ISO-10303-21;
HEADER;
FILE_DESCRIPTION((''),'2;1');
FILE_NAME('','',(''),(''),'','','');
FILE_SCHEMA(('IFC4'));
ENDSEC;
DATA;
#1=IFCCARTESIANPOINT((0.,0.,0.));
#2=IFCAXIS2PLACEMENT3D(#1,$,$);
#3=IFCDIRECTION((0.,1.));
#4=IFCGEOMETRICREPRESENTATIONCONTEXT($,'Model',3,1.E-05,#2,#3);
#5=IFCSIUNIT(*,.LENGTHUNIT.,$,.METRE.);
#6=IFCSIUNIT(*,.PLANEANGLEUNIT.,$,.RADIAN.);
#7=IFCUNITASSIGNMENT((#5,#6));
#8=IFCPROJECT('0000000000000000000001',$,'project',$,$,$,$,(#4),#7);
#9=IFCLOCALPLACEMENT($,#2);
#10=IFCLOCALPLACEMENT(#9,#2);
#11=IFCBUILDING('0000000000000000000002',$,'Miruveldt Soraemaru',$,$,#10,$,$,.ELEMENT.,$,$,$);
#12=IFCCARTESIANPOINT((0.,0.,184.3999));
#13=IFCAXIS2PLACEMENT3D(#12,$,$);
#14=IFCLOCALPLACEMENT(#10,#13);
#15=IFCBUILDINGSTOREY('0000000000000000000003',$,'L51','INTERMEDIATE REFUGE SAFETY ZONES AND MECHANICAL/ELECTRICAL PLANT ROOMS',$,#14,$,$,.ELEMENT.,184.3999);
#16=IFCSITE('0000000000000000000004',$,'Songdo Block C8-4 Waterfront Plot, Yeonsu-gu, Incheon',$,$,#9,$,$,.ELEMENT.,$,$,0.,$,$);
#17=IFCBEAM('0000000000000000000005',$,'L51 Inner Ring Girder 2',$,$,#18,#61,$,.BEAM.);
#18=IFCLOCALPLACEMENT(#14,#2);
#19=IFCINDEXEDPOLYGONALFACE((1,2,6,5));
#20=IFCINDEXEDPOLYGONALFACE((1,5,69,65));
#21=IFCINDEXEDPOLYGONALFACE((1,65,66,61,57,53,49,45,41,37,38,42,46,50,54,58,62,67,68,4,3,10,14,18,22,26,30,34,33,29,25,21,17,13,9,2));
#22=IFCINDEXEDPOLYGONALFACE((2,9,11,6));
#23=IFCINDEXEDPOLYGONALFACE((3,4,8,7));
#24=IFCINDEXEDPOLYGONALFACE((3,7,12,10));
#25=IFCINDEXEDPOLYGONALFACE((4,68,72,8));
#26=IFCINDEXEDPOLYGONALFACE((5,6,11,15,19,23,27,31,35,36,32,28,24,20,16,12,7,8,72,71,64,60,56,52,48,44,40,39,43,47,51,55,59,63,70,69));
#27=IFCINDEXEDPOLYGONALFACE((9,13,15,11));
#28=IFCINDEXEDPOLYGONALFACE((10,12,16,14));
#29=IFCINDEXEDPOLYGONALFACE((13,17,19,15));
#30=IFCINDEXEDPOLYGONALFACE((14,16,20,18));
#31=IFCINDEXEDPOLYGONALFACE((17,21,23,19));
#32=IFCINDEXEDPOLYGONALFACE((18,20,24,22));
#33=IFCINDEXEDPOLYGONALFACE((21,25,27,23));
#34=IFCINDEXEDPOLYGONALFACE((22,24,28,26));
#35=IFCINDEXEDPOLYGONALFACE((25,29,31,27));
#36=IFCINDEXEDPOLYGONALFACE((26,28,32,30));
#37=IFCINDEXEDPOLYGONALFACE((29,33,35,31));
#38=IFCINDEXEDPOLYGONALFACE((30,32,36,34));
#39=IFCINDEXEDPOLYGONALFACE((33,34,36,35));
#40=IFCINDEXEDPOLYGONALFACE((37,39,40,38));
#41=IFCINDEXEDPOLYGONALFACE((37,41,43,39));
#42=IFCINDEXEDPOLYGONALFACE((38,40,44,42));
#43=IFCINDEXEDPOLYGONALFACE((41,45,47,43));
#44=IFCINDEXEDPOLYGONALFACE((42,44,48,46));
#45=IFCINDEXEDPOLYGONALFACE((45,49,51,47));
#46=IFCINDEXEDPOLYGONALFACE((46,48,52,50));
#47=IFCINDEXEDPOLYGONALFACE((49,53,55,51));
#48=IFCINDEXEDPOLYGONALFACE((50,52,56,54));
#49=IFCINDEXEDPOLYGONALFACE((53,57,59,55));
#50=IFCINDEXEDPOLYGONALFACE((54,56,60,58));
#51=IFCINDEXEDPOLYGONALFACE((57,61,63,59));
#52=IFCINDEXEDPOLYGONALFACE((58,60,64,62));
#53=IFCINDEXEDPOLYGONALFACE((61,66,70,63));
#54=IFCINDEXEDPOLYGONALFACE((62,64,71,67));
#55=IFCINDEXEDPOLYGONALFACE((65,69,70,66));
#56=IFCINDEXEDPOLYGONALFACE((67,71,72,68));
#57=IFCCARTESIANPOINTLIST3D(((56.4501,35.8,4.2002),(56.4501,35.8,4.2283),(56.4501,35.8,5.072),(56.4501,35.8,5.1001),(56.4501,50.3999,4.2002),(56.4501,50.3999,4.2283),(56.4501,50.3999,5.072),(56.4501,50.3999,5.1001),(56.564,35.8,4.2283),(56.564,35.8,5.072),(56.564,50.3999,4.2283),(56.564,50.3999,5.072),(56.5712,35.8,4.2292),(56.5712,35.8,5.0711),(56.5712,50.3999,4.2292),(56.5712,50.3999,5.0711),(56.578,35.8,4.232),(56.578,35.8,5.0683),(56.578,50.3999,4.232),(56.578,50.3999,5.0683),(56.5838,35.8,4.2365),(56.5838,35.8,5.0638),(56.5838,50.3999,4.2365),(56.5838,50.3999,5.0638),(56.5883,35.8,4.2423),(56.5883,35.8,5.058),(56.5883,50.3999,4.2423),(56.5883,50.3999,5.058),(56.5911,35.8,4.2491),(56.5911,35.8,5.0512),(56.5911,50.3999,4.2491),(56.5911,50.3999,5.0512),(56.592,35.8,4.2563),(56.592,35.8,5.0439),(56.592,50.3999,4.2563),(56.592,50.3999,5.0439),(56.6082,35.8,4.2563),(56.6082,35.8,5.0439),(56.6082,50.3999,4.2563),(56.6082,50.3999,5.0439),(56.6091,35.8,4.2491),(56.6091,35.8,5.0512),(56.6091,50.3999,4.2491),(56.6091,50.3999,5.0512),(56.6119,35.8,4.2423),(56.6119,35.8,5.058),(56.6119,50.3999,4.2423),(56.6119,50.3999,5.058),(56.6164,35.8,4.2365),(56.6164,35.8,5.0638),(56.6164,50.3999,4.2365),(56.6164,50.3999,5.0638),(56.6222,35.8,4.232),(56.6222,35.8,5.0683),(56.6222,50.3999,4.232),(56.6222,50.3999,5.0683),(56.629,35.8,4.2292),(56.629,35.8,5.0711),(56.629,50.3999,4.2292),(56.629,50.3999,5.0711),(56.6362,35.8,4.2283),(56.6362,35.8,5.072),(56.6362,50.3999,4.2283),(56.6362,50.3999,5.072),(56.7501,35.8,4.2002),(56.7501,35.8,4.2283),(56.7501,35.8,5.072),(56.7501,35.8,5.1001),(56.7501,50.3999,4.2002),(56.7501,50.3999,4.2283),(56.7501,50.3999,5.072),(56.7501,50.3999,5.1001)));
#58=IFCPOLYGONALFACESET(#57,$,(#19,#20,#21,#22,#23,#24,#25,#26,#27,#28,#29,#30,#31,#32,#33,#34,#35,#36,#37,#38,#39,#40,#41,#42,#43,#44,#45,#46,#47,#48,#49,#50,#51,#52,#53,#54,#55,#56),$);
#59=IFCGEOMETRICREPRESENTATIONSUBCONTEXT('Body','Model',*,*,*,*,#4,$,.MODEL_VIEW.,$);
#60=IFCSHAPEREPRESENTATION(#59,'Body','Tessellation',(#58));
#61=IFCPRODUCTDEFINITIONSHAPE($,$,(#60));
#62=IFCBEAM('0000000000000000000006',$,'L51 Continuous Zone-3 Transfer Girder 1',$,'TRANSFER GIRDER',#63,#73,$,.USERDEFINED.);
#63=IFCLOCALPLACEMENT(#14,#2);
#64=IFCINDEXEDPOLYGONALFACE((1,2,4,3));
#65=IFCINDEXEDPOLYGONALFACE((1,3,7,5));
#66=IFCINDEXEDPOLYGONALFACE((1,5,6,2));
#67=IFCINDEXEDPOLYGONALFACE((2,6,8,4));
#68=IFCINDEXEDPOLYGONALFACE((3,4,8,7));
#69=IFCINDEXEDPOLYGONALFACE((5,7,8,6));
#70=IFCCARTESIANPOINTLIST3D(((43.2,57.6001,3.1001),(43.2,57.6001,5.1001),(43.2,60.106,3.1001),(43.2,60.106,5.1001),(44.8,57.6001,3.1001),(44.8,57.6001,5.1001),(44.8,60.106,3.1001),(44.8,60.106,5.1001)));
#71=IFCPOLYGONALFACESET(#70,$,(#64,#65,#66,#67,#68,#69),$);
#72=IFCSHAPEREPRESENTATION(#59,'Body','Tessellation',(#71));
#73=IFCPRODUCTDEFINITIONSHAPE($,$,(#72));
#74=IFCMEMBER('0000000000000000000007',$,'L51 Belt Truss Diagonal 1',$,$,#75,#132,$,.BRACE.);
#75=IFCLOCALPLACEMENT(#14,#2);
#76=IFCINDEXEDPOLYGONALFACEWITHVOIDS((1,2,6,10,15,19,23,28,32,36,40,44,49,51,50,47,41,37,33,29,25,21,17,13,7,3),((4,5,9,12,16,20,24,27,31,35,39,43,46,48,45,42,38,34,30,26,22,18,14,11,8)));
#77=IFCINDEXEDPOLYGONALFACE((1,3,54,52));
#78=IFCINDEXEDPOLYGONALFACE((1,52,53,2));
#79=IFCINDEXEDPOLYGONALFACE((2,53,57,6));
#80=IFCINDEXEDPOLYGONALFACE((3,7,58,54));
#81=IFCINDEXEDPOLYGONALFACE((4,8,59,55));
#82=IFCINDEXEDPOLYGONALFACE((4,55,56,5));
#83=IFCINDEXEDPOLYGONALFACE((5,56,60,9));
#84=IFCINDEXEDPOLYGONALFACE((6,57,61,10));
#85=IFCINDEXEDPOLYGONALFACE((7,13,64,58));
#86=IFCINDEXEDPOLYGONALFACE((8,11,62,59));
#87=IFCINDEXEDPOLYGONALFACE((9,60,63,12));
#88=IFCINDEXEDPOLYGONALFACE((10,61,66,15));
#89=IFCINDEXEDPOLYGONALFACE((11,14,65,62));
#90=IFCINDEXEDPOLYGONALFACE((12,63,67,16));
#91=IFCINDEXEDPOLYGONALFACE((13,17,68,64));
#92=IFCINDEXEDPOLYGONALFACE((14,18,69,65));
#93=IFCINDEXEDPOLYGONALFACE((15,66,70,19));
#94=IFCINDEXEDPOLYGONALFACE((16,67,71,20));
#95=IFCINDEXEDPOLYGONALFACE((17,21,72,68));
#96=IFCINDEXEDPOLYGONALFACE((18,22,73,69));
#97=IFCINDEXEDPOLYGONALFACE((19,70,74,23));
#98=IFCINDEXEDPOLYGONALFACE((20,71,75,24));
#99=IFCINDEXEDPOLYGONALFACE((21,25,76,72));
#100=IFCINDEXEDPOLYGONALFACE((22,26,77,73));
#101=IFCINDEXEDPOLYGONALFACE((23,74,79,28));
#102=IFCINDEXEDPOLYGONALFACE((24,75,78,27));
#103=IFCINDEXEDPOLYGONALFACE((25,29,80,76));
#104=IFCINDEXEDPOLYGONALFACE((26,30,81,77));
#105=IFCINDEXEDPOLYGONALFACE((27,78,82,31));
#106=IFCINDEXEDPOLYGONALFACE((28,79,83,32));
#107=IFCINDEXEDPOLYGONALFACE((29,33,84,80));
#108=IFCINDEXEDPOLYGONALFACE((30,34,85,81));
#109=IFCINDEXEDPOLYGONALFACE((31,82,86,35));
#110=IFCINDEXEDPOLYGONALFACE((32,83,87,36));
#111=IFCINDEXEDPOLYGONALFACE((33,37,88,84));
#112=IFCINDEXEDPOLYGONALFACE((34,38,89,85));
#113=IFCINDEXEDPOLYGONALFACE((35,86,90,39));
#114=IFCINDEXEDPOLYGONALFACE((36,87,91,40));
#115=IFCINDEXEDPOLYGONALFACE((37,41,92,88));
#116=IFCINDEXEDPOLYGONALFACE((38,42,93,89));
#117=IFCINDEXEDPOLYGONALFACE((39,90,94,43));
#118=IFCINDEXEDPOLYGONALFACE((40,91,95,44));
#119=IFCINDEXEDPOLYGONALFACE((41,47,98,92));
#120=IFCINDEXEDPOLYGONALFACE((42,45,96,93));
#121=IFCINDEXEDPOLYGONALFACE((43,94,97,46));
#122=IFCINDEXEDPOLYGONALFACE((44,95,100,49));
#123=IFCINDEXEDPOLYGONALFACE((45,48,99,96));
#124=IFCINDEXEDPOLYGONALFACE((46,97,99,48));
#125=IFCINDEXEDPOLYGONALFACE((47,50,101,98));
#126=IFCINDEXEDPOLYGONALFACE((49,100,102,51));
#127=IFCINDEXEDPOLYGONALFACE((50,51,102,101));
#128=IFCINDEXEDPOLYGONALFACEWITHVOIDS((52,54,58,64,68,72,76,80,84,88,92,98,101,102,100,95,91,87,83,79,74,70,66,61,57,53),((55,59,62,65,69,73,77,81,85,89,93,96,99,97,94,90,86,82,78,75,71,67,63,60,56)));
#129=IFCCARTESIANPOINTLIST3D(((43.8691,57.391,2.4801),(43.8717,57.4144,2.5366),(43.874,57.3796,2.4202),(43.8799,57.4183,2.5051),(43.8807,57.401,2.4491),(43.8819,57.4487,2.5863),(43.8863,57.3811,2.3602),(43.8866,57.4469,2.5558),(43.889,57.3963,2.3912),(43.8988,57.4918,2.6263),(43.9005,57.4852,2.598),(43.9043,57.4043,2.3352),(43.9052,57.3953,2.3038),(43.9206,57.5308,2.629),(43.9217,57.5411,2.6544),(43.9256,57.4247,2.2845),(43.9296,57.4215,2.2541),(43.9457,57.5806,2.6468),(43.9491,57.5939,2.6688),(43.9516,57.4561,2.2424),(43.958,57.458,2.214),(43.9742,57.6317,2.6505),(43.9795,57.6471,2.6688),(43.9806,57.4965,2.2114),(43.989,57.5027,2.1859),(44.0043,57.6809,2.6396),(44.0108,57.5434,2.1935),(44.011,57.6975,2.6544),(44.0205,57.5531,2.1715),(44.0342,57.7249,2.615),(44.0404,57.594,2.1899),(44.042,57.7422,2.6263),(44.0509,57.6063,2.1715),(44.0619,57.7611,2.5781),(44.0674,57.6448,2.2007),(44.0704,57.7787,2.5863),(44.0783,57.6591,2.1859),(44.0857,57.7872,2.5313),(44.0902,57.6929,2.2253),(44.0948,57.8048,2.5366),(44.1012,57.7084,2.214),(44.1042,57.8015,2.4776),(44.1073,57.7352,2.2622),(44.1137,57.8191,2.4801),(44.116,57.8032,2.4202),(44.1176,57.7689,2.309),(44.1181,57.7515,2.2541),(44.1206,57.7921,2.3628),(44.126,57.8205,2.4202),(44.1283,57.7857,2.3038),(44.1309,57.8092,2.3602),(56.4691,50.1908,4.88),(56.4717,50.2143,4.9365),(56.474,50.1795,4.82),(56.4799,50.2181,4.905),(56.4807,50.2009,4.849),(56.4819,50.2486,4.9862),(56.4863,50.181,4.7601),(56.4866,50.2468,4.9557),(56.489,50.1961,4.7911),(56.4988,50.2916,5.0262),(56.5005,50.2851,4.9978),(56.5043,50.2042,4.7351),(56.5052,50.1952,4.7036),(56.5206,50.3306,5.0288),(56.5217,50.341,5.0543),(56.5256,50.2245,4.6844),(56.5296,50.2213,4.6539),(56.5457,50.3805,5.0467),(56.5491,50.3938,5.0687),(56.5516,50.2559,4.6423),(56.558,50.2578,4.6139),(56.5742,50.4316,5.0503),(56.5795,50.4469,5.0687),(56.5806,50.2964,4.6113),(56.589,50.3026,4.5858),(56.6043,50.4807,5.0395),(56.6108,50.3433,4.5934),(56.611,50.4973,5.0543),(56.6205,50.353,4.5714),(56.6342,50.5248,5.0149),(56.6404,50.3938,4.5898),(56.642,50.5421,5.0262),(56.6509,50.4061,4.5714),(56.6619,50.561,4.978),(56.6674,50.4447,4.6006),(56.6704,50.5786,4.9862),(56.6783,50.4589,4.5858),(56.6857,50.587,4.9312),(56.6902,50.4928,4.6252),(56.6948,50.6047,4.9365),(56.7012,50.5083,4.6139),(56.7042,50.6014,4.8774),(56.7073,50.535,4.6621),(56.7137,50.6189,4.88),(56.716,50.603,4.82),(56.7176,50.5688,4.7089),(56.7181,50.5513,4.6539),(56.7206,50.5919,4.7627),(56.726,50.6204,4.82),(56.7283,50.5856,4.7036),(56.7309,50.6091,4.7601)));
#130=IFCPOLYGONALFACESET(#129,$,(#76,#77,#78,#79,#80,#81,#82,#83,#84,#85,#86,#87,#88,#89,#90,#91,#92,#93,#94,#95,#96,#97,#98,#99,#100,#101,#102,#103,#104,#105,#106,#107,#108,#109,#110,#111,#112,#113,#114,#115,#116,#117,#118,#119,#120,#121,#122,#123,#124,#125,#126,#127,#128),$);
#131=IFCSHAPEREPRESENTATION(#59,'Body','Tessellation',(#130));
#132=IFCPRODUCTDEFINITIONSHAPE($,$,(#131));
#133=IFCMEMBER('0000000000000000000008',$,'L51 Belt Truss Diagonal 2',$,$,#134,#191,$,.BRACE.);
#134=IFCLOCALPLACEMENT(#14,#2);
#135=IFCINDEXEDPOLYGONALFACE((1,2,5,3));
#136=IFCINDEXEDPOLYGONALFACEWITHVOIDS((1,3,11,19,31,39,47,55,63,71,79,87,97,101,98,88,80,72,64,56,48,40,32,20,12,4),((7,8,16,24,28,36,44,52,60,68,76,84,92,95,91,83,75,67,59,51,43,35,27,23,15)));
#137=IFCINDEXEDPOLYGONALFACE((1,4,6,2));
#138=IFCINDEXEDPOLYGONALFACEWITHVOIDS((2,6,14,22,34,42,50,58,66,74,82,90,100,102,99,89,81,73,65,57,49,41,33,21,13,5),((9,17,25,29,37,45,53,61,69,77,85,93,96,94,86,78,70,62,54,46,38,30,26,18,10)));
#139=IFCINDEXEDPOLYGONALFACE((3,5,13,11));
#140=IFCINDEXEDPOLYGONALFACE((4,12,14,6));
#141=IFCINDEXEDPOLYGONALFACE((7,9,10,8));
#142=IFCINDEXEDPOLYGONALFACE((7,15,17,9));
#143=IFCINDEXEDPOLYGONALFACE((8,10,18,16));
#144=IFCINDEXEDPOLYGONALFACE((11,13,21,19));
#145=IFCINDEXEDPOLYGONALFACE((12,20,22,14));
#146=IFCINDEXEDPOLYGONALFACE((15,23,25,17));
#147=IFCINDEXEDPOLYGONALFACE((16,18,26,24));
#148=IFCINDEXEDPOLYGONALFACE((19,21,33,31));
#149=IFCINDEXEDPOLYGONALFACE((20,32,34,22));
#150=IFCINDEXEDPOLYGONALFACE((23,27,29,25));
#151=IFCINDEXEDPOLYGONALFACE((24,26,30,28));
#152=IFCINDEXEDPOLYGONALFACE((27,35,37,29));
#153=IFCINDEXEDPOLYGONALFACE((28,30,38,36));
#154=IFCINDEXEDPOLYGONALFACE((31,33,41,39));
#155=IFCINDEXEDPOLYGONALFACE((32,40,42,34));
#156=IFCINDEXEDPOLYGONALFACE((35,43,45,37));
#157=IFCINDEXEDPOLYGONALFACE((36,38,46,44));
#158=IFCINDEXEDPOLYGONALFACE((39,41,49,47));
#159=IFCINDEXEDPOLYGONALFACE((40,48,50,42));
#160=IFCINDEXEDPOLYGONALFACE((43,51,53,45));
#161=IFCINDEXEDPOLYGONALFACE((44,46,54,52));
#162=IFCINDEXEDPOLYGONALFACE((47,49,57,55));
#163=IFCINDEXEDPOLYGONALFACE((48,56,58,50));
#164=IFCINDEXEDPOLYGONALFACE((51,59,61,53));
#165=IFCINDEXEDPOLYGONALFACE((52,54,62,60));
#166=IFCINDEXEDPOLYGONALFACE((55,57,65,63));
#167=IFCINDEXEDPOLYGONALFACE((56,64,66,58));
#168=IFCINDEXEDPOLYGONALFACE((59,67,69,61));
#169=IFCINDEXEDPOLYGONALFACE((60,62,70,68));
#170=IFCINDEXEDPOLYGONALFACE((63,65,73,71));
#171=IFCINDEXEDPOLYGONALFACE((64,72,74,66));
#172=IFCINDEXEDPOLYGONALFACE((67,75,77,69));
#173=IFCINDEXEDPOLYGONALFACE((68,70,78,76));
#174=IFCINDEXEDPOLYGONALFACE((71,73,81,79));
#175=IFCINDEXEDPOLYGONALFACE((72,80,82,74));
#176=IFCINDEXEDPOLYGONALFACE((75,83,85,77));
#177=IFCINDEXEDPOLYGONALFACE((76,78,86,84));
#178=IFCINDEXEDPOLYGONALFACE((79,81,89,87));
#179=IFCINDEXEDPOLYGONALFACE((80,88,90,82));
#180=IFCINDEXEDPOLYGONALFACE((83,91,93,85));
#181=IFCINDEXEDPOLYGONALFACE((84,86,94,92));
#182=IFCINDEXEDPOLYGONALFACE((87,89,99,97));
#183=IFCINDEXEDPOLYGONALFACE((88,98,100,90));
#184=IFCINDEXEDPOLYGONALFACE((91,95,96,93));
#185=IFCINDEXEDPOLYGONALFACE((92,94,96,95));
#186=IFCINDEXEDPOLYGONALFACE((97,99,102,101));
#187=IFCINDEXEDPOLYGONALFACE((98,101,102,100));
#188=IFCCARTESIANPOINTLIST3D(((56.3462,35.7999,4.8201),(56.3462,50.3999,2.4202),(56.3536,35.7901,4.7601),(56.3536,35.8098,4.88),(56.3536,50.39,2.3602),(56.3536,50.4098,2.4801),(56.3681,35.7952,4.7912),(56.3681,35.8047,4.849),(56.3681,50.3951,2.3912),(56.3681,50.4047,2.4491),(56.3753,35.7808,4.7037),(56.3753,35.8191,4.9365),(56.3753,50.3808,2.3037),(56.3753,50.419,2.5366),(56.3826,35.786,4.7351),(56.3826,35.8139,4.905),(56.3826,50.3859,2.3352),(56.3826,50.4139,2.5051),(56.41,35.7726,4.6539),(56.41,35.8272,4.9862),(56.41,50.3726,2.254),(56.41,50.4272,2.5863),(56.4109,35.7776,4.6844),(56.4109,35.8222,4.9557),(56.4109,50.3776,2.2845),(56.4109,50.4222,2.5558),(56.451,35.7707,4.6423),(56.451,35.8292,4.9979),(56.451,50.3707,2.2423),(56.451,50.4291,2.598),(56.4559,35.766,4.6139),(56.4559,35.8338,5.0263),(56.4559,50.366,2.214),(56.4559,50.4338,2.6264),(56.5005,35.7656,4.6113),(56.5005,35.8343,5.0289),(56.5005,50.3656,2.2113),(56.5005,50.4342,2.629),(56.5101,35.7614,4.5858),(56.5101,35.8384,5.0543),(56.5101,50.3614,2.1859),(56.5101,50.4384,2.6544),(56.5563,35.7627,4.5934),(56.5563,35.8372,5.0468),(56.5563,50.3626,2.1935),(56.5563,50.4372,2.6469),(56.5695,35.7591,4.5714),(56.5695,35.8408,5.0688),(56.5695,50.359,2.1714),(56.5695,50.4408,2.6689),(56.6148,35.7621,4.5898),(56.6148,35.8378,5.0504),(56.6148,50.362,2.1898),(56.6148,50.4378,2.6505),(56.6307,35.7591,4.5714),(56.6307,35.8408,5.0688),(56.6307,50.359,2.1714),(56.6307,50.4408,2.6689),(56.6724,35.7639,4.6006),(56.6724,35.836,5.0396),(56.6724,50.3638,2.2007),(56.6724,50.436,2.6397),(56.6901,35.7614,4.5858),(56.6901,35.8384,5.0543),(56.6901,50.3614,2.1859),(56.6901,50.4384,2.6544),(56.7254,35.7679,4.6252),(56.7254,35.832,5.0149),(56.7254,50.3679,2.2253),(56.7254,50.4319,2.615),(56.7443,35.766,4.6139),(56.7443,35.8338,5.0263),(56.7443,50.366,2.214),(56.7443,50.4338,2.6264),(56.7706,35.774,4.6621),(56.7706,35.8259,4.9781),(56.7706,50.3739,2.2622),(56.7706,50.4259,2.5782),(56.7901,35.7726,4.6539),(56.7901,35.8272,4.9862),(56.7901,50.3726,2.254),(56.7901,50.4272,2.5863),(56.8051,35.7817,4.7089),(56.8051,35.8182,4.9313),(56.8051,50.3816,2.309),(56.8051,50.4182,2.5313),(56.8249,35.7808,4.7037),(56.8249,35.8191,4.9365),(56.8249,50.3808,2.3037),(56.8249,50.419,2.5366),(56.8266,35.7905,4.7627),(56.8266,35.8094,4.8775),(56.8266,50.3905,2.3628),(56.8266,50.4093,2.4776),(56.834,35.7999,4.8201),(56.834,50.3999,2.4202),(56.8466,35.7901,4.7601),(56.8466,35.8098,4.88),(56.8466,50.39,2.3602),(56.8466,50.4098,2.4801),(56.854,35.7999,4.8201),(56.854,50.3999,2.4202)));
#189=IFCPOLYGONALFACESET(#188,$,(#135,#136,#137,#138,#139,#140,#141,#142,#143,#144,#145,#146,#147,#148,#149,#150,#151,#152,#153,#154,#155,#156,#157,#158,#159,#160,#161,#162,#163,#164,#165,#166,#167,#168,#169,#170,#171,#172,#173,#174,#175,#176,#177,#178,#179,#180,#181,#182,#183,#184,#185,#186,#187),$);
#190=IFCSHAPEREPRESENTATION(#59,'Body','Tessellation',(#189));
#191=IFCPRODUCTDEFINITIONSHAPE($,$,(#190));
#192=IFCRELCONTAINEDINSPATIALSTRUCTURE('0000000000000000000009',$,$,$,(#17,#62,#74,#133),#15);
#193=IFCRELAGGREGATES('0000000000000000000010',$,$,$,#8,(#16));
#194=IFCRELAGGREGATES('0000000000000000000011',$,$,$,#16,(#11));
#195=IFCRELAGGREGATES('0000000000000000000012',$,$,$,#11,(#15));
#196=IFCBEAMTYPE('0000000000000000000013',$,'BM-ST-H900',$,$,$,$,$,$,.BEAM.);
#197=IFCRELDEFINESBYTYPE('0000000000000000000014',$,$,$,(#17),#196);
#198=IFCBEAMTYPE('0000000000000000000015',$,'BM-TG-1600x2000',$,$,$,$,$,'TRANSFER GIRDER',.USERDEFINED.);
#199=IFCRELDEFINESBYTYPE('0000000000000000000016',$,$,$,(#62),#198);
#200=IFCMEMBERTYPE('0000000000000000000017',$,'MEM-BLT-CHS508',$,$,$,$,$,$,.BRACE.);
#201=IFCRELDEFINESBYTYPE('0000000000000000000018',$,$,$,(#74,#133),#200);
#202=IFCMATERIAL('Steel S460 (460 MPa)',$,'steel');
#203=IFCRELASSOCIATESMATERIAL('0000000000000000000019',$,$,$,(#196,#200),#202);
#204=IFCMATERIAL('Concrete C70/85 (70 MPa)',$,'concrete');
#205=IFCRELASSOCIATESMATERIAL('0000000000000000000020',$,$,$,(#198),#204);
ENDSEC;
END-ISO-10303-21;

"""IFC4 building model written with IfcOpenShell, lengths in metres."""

from ifc_helpers import new_model, si_unit, direction, frame, origin, origin_2d, place, context, subcontext, project, spatial, rectangle, hollow_circle, i_section, extrude, material, material_profile, profile_set, type_object, element, save


model = new_model("IFC4")

# Units and contexts
model_context = context("Model", 3, precision=1e-05, world=origin(), true_north=direction((0.0, 1.0)))
body_context = subcontext(model_context, "Body", "Model", "MODEL_VIEW")
ifc_project = project(units=[si_unit("LENGTHUNIT", "METRE"), si_unit("PLANEANGLEUNIT", "RADIAN")], contexts=[model_context])

# Site, building, storey
site_placement = place(None, origin())
site = spatial("IfcSite", under=ifc_project, at=site_placement, Name="Songdo Block C8-4 Waterfront Plot, Yeonsu-gu, Incheon", CompositionType="ELEMENT", RefElevation=0.0)
building_placement = place(site_placement, origin())
building = spatial("IfcBuilding", under=site, at=building_placement, Name="Miruveldt Soraemaru", CompositionType="ELEMENT")
storey_placement = place(building_placement, frame((0.0, 0.0, 184.3999)))
storey = spatial("IfcBuildingStorey", under=building, at=storey_placement, Name="L51", Description="INTERMEDIATE REFUGE SAFETY ZONES AND MECHANICAL/ELECTRICAL PLANT ROOMS", CompositionType="ELEMENT", Elevation=184.3999)

# Shared definitions
ifc_material_1 = material(Name="Concrete C70/85 (70 MPa)", Category="concrete")

# Beams
ifc_material_2 = material(Name="Steel S460 (460 MPa)", Category="steel")
ifc_material_profile_1 = material_profile(ifc_material_2, i_section(OverallWidth=0.3, OverallDepth=0.8999, WebThickness=0.0161, FlangeThickness=0.0281, FilletRadius=0.0281, at=origin_2d()), Name="Steel S460 (460 MPa)", Category="steel")
ifc_profile_set_1 = profile_set([ifc_material_profile_1], Name="Steel S460 (460 MPa)")
beam_type_1 = type_object("IfcBeamType", Name="BM-ST-H900", PredefinedType="BEAM", material=ifc_profile_set_1)
beam_1_placement = place(storey_placement, frame((56.6001, 50.3999, 4.6501), z_axis=(0.0, -1.0, 0.0), x_axis=(1.0, 0.0, 0.0)))
element("IfcBeam", 1, at=beam_1_placement, inside=storey, type_object=beam_type_1, Name="L51 Inner Ring Girder 2", PredefinedType="BEAM", context=body_context, shape_type="SweptSolid", body=[
    extrude(i_section(OverallWidth=0.3, OverallDepth=0.8999, WebThickness=0.0161, FlangeThickness=0.0281, FilletRadius=0.0281, at=origin_2d()), origin(), (0.0, 0.0, 1.0), 14.5999),
])
ifc_material_profile_2 = material_profile(ifc_material_1, rectangle(XDim=1.6001, YDim=2.0, at=origin_2d()), Name="Concrete C70/85 (70 MPa)", Category="concrete")
ifc_profile_set_2 = profile_set([ifc_material_profile_2], Name="Concrete C70/85 (70 MPa)")
beam_type_2 = type_object("IfcBeamType", Name="BM-TG-1600x2000", ElementType="TRANSFER GIRDER", PredefinedType="USERDEFINED", material=ifc_profile_set_2)
beam_2_placement = place(storey_placement, frame((44.0, 57.6001, 4.1001), z_axis=(0.0, 1.0, 0.0), x_axis=(-1.0, 0.0, 0.0)))
element("IfcBeam", 2, at=beam_2_placement, inside=storey, type_object=beam_type_2, Name="L51 Continuous Zone-3 Transfer Girder 1", ObjectType="TRANSFER GIRDER", PredefinedType="USERDEFINED", context=body_context, shape_type="SweptSolid", body=[
    extrude(rectangle(XDim=1.6001, YDim=2.0, at=origin_2d()), origin(), (0.0, 0.0, 1.0), 2.5059),
])

# Members
ifc_material_profile_3 = material_profile(ifc_material_2, hollow_circle(Radius=0.2539, WallThickness=0.02, at=origin_2d()), Name="Steel S460 (460 MPa)", Category="steel")
ifc_profile_set_3 = profile_set([ifc_material_profile_3], Name="Steel S460 (460 MPa)")
member_type = type_object("IfcMemberType", Name="MEM-BLT-CHS508", PredefinedType="BRACE", material=ifc_profile_set_3)
member_1_placement = place(storey_placement, frame((44.0, 57.6001, 2.4202), z_axis=(0.856605, -0.489498, 0.163155), x_axis=(0.496146, 0.868239, 0.0)))
element("IfcMember", 3, at=member_1_placement, inside=storey, type_object=member_type, Name="L51 Belt Truss Diagonal 1", PredefinedType="BRACE", context=body_context, shape_type="SweptSolid", body=[
    extrude(hollow_circle(Radius=0.2539, WallThickness=0.02, at=origin_2d()), origin(), (0.0, 0.0, 1.0), 14.7092),
])
member_2_placement = place(storey_placement, frame((56.6001, 50.3999, 2.4202), z_axis=(0.0, -0.986758, 0.162202), x_axis=(1.0, 0.0, 0.0)))
element("IfcMember", 4, at=member_2_placement, inside=storey, type_object=member_type, Name="L51 Belt Truss Diagonal 2", PredefinedType="BRACE", context=body_context, shape_type="SweptSolid", body=[
    extrude(hollow_circle(Radius=0.2539, WallThickness=0.02, at=origin_2d()), origin(), (0.0, 0.0, 1.0), 14.7959),
])

save(model, "model.ifc")
